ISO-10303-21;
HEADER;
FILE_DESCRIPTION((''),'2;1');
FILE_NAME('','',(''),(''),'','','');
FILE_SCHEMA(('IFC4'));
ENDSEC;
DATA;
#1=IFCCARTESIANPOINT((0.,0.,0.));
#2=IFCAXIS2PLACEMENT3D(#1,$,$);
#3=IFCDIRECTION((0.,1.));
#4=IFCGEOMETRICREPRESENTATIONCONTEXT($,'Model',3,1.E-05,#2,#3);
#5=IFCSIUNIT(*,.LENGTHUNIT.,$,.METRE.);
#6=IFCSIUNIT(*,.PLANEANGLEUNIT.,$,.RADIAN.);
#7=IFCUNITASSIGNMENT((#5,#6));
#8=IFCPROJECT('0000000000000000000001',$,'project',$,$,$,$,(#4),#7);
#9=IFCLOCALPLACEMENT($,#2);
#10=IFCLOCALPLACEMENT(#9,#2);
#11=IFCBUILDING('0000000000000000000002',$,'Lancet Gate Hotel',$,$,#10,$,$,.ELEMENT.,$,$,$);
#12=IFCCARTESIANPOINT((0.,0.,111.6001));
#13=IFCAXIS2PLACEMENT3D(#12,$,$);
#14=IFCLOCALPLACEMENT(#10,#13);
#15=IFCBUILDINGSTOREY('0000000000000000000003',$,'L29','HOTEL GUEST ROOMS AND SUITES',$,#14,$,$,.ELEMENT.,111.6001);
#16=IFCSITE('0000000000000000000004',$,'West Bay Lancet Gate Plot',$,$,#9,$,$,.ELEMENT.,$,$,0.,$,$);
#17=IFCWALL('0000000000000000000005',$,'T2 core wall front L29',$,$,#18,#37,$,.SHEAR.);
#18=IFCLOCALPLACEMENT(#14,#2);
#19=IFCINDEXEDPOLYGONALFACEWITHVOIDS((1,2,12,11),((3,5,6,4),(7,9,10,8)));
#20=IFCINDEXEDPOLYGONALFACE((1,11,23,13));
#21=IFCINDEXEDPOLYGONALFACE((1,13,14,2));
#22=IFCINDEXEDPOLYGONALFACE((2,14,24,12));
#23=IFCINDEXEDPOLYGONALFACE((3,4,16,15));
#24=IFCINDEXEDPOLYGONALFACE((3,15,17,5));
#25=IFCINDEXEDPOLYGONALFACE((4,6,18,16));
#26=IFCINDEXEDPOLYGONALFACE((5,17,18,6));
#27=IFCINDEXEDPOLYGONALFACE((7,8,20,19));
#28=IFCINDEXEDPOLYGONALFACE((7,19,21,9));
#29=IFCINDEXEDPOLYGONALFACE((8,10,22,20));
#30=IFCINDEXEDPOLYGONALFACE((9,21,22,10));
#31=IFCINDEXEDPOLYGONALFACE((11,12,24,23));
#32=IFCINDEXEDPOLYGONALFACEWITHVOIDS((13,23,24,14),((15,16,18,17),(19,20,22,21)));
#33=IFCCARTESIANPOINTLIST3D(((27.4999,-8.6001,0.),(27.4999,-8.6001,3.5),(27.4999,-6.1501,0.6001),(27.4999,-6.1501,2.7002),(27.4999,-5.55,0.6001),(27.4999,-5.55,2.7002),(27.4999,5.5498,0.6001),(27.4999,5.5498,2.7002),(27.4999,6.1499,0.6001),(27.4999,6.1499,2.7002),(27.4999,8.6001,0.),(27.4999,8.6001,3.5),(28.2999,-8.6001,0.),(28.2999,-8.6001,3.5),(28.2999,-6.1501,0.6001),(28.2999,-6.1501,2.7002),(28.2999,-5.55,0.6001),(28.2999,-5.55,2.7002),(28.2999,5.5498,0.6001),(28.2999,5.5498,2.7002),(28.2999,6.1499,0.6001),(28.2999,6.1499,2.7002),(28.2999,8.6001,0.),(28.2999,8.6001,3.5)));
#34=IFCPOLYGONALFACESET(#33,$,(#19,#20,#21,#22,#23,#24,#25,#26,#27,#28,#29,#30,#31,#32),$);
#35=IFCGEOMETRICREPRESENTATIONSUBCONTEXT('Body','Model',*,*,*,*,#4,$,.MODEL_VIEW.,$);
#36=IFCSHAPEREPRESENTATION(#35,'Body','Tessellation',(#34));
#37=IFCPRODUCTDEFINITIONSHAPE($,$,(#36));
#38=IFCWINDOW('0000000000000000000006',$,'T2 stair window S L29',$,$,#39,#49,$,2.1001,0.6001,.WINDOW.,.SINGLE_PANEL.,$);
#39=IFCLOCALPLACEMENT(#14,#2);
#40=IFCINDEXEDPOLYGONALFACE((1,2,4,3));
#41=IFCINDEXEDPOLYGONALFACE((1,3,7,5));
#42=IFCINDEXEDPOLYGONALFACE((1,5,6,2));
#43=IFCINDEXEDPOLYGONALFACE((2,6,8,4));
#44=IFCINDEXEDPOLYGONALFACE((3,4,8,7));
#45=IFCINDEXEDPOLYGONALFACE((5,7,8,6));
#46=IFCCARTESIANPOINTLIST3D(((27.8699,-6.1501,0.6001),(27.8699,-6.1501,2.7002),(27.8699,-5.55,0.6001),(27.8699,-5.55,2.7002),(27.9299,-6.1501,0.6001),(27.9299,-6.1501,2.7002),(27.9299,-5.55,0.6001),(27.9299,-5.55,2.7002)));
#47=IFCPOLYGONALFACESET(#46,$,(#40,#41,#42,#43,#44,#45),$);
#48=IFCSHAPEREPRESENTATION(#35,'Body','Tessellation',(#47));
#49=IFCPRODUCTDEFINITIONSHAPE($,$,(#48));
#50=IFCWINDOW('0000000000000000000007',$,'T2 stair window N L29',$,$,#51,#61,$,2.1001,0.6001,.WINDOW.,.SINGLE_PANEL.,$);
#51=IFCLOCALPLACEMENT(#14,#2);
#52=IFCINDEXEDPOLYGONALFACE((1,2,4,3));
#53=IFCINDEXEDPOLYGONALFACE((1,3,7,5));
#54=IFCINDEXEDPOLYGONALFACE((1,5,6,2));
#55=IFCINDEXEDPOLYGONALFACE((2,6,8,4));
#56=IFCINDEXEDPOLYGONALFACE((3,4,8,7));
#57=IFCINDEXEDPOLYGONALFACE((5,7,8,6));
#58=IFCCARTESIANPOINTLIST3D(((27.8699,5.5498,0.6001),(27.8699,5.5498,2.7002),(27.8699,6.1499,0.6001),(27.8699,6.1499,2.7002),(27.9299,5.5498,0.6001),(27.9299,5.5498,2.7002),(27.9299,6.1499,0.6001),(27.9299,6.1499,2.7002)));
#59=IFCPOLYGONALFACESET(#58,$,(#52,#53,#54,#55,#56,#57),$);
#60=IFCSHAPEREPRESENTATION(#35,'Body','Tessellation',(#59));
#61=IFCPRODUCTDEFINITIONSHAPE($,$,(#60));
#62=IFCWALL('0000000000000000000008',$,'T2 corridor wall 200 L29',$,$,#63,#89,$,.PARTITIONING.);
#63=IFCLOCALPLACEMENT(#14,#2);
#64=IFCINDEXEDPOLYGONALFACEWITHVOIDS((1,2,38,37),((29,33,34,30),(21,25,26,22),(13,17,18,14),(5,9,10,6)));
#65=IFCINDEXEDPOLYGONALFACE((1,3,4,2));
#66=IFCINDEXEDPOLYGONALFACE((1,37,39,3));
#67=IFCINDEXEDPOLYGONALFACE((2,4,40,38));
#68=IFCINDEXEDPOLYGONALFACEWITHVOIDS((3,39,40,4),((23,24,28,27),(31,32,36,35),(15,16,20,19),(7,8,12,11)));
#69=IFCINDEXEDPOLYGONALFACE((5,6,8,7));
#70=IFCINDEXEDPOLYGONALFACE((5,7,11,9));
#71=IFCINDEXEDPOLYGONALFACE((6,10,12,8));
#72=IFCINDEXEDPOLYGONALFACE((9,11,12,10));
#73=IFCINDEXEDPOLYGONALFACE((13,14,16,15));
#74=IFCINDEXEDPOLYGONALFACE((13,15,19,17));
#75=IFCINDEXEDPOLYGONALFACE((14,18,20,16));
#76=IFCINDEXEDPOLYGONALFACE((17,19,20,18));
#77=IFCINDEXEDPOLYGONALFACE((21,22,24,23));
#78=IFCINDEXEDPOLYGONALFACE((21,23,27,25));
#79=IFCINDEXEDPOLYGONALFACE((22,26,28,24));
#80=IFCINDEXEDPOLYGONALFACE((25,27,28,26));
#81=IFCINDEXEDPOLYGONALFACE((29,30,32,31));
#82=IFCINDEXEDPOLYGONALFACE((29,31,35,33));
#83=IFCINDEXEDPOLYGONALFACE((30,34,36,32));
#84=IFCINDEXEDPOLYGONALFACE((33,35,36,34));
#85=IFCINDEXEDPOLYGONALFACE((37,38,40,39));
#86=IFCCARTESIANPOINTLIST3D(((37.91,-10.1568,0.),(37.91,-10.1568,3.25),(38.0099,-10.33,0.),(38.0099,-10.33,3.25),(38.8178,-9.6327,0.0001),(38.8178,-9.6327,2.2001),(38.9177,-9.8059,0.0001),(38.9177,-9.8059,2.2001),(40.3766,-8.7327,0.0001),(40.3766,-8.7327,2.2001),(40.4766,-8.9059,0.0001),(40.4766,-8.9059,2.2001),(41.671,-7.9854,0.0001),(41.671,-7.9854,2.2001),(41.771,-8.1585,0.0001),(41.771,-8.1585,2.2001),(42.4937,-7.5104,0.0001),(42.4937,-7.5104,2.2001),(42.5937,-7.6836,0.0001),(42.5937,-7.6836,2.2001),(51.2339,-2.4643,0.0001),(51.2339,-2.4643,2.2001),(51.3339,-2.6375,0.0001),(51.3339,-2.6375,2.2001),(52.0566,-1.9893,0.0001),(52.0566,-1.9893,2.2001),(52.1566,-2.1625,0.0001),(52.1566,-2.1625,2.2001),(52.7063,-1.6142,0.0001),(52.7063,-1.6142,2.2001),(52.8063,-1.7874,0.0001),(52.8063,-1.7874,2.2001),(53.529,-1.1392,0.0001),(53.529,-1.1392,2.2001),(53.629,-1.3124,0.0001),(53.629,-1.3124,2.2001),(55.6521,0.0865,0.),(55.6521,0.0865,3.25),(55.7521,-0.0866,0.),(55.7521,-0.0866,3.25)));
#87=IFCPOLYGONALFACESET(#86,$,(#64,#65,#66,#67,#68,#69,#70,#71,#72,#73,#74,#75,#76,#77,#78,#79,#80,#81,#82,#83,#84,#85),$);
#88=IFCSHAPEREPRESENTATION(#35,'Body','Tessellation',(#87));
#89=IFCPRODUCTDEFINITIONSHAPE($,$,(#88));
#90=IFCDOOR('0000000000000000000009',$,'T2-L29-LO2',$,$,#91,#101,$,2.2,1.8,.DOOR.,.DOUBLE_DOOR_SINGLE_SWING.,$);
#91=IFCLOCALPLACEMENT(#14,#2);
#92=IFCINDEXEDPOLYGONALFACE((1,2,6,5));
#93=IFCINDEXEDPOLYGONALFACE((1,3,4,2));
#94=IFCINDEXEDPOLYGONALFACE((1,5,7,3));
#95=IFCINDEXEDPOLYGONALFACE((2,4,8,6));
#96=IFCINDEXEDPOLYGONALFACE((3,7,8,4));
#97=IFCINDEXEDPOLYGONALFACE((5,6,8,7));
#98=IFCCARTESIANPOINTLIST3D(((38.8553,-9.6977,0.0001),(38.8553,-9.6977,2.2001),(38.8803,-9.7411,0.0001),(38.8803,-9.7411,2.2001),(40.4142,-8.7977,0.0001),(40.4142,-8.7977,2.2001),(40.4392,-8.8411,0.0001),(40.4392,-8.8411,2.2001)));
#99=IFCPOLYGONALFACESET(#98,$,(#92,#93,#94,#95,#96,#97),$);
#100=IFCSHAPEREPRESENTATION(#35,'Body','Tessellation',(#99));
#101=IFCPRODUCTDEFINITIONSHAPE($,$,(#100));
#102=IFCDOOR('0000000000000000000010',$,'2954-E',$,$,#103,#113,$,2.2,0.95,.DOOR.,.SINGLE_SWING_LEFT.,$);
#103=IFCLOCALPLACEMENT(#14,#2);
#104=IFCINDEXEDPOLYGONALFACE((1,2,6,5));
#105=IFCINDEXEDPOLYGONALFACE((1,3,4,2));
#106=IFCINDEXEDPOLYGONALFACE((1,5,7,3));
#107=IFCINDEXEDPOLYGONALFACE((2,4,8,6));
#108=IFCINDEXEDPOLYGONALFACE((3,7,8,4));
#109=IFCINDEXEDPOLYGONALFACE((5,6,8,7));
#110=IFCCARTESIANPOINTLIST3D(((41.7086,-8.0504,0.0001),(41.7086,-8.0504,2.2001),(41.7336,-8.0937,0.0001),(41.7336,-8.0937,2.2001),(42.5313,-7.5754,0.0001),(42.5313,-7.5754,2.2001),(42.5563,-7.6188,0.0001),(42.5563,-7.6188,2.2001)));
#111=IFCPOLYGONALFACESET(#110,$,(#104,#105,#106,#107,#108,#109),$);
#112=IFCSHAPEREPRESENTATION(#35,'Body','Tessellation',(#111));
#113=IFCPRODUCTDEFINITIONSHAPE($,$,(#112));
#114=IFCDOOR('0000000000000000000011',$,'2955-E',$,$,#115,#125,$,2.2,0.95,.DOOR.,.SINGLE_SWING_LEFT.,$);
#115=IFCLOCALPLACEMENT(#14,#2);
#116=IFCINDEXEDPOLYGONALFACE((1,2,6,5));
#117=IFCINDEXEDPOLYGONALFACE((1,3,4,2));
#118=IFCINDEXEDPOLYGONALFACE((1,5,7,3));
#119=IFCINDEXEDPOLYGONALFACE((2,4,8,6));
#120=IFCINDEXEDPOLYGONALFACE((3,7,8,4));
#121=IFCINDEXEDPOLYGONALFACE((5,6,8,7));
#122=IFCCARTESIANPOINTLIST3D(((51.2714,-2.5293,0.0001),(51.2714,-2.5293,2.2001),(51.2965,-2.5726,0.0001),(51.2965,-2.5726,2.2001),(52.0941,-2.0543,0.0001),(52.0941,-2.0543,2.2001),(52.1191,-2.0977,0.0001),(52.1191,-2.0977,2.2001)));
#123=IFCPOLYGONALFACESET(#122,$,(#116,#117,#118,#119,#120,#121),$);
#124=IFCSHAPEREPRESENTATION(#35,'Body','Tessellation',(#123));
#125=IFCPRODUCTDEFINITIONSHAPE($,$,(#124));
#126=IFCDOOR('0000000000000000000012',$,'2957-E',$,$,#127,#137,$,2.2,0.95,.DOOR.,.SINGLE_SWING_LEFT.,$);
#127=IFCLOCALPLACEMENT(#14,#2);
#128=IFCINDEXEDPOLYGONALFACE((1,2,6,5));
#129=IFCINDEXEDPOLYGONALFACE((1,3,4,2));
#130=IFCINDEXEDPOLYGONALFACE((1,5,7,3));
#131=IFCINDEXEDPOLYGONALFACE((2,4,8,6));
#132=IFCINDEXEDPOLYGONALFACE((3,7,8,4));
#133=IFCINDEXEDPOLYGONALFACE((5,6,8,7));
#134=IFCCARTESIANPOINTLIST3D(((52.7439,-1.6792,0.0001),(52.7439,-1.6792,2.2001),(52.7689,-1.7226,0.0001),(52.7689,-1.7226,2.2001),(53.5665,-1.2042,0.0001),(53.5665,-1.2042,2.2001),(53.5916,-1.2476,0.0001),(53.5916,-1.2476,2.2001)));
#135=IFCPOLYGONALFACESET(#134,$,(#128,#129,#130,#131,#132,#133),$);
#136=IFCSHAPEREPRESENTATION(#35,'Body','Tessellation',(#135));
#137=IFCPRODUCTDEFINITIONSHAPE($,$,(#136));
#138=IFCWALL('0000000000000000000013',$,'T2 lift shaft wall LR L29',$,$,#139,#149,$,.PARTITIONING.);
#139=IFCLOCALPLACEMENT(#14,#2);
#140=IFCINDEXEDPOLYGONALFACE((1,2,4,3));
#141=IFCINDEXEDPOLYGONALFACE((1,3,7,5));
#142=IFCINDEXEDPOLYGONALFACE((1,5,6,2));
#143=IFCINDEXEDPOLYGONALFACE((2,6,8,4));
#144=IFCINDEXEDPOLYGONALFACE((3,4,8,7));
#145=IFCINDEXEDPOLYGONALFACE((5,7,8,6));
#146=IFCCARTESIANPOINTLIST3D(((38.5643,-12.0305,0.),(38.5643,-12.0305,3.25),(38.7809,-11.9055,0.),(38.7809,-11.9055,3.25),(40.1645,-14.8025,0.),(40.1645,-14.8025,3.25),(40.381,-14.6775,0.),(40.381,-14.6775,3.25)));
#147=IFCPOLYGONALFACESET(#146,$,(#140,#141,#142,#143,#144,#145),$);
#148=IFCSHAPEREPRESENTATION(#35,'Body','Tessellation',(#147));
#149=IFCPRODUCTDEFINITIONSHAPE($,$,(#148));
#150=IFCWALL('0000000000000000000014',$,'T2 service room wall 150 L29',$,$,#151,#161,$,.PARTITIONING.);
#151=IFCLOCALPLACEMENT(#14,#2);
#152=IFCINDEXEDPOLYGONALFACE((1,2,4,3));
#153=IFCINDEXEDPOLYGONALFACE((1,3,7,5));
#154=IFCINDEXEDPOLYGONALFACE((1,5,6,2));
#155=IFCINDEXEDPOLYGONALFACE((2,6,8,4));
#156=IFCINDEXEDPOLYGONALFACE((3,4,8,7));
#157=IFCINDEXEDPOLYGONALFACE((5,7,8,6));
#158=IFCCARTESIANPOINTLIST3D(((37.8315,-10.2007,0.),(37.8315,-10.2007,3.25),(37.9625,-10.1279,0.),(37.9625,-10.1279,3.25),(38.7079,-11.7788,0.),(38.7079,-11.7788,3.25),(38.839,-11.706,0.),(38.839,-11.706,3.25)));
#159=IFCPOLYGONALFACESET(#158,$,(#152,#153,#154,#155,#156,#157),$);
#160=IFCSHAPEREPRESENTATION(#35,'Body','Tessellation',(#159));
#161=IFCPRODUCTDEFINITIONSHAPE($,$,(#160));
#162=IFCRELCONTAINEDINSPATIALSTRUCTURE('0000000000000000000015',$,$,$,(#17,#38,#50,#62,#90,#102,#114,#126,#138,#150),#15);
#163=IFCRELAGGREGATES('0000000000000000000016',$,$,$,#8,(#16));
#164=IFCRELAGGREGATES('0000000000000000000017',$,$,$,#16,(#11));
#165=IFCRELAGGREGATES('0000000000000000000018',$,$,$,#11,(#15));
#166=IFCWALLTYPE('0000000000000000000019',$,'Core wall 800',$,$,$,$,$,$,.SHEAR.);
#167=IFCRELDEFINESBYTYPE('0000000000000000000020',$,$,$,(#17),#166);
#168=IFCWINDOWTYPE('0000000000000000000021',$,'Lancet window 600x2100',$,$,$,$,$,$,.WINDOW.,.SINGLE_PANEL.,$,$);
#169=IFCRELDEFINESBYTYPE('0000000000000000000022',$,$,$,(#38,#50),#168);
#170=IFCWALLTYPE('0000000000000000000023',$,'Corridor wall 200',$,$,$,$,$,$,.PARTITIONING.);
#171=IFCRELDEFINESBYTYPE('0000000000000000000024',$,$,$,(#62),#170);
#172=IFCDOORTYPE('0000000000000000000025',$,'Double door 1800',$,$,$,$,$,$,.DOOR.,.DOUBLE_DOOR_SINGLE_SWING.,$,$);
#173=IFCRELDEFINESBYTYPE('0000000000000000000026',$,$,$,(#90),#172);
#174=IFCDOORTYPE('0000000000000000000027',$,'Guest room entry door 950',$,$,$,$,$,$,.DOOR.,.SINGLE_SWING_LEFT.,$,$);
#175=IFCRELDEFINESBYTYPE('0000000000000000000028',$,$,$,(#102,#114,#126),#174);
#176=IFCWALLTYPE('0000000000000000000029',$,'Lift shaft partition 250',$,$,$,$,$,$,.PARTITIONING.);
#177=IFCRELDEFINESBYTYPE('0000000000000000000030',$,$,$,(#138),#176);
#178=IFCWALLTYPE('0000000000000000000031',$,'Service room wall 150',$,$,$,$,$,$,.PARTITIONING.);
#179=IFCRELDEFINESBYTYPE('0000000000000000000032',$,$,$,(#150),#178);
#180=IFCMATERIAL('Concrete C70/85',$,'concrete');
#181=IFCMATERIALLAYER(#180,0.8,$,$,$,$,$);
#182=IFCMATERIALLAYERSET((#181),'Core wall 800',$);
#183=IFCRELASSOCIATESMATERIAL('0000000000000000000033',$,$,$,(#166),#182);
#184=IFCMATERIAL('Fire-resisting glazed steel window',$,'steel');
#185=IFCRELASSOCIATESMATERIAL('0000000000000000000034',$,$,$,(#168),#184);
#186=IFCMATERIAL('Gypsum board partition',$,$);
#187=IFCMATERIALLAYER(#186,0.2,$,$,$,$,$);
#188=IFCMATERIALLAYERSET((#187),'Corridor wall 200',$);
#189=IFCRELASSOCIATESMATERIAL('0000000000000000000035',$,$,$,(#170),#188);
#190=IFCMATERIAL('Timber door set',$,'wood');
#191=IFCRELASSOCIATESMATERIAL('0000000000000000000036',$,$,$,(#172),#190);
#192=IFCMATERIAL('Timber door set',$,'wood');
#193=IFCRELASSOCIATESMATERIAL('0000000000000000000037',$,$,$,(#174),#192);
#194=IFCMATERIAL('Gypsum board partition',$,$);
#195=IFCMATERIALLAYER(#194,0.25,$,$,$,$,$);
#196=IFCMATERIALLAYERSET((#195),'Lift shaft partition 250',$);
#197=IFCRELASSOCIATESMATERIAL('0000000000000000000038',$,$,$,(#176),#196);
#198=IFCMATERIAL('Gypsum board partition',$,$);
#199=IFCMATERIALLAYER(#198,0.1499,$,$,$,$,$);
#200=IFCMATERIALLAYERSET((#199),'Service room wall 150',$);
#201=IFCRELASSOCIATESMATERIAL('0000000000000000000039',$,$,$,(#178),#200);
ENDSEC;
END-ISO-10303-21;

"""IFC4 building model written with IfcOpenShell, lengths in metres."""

from ifc_helpers import new_model, si_unit, direction, frame, frame_2d, origin, place, context, subcontext, project, spatial, rectangle, extrude, material, layer, layer_set, type_object, element, fill, save


model = new_model("IFC4")

# Units and contexts
model_context = context("Model", 3, precision=1e-05, world=origin(), true_north=direction((0.0, 1.0)))
body_context = subcontext(model_context, "Body", "Model", "MODEL_VIEW")
ifc_project = project(units=[si_unit("LENGTHUNIT", "METRE"), si_unit("PLANEANGLEUNIT", "RADIAN")], contexts=[model_context])

# Site, building, storey
site_placement = place(None, origin())
site = spatial("IfcSite", under=ifc_project, at=site_placement, Name="West Bay Lancet Gate Plot", CompositionType="ELEMENT", RefElevation=0.0)
building_placement = place(site_placement, origin())
building = spatial("IfcBuilding", under=site, at=building_placement, Name="Lancet Gate Hotel", CompositionType="ELEMENT")
storey_placement = place(building_placement, frame((0.0, 0.0, 111.6001)))
storey = spatial("IfcBuildingStorey", under=building, at=storey_placement, Name="L29", Description="HOTEL GUEST ROOMS AND SUITES", CompositionType="ELEMENT", Elevation=111.6001)

# Wall, openings, windows
ifc_material_1 = material(Name="Concrete C70/85", Category="concrete")
ifc_layer_1 = layer(ifc_material_1, 0.8)
ifc_layer_set_1 = layer_set([ifc_layer_1], Name="Core wall 800")
wall_type_1 = type_object("IfcWallType", Name="Core wall 800", PredefinedType="SHEAR", material=ifc_layer_set_1)
wall_1_placement = place(storey_placement, frame((27.8999, -8.6001, 0.0), z_axis=(0.0, 0.0, 1.0), x_axis=(0.0, 1.0, 0.0)))
wall_1 = element("IfcWall", 1, at=wall_1_placement, inside=storey, type_object=wall_type_1, Name="T2 core wall front L29", PredefinedType="SHEAR", context=body_context, shape_type="SweptSolid", body=[
    extrude(rectangle(XDim=17.2002, YDim=0.8, at=frame_2d((8.6001, 0.0))), origin(), (0.0, 0.0, 1.0), 3.5),
])
opening_1_placement = place(wall_1_placement, frame((2.45, 0.0, 0.6001)))
opening_1 = element("IfcOpeningElement", 2, at=opening_1_placement, cuts=wall_1, PredefinedType="OPENING", context=body_context, shape_type="SweptSolid", body=[
    extrude(rectangle(XDim=0.6001, YDim=2.1001, at=frame_2d((0.3, 1.05))), frame((0.0, 0.4099, 0.0), z_axis=(0.0, -1.0, 0.0), x_axis=(1.0, 0.0, 0.0)), (0.0, 0.0, 1.0), 0.8201),
])
opening_2_placement = place(wall_1_placement, frame((14.1499, 0.0, 0.6001)))
opening_2 = element("IfcOpeningElement", 3, at=opening_2_placement, cuts=wall_1, PredefinedType="OPENING", context=body_context, shape_type="SweptSolid", body=[
    extrude(rectangle(XDim=0.6001, YDim=2.1001, at=frame_2d((0.3, 1.05))), frame((0.0, 0.4099, 0.0), z_axis=(0.0, -1.0, 0.0), x_axis=(1.0, 0.0, 0.0)), (0.0, 0.0, 1.0), 0.8201),
])
ifc_material_2 = material(Name="Fire-resisting glazed steel window", Category="steel")
window_type = type_object("IfcWindowType", Name="Lancet window 600x2100", PartitioningType="SINGLE_PANEL", PredefinedType="WINDOW", material=ifc_material_2)
window_1_placement = place(opening_1_placement, origin())
window_1 = element("IfcWindow", 4, at=window_1_placement, inside=storey, type_object=window_type, Name="T2 stair window S L29", OverallHeight=2.1001, OverallWidth=0.6001, PartitioningType="SINGLE_PANEL", PredefinedType="WINDOW", context=body_context, shape_type="SweptSolid", body=[
    extrude(rectangle(XDim=0.6001, YDim=2.1001, at=frame_2d((0.3, 1.05))), frame((0.0, 0.03, 0.0), z_axis=(0.0, -1.0, 0.0), x_axis=(1.0, 0.0, 0.0)), (0.0, 0.0, 1.0), 0.0601),
])
fill(opening_1, window_1)
window_2_placement = place(opening_2_placement, origin())
window_2 = element("IfcWindow", 5, at=window_2_placement, inside=storey, type_object=window_type, Name="T2 stair window N L29", OverallHeight=2.1001, OverallWidth=0.6001, PartitioningType="SINGLE_PANEL", PredefinedType="WINDOW", context=body_context, shape_type="SweptSolid", body=[
    extrude(rectangle(XDim=0.6001, YDim=2.1001, at=frame_2d((0.3, 1.05))), frame((0.0, 0.03, 0.0), z_axis=(0.0, -1.0, 0.0), x_axis=(1.0, 0.0, 0.0)), (0.0, 0.0, 1.0), 0.0601),
])
fill(opening_2, window_2)

# Wall, openings, doors
ifc_material_3 = material(Name="Gypsum board partition")
ifc_layer_2 = layer(ifc_material_3, 0.2)
ifc_layer_set_2 = layer_set([ifc_layer_2], Name="Corridor wall 200")
wall_type_2 = type_object("IfcWallType", Name="Corridor wall 200", PredefinedType="PARTITIONING", material=ifc_layer_set_2)
wall_2_placement = place(storey_placement, frame((37.96, -10.2434, 0.0), z_axis=(0.0, 0.0, 1.0), x_axis=(0.866026, 0.499998, 0.0)))
wall_2 = element("IfcWall", 6, at=wall_2_placement, inside=storey, type_object=wall_type_2, Name="T2 corridor wall 200 L29", PredefinedType="PARTITIONING", context=body_context, shape_type="SweptSolid", body=[
    extrude(rectangle(XDim=20.4868, YDim=0.2, at=frame_2d((10.2434, 0.0))), origin(), (0.0, 0.0, 1.0), 3.25),
])
opening_3_placement = place(wall_2_placement, frame((4.3428, 0.0, 0.0)))
opening_3 = element("IfcOpeningElement", 7, at=opening_3_placement, cuts=wall_2, PredefinedType="OPENING", context=body_context, shape_type="SweptSolid", body=[
    extrude(rectangle(XDim=0.95, YDim=2.2, at=frame_2d((0.4751, 1.1001))), frame((0.0, 0.1099, 0.0), z_axis=(0.0, -1.0, 0.0), x_axis=(1.0, 0.0, 0.0)), (0.0, 0.0, 1.0), 0.22),
])
opening_4_placement = place(wall_2_placement, frame((15.385, 0.0, 0.0)))
opening_4 = element("IfcOpeningElement", 8, at=opening_4_placement, cuts=wall_2, PredefinedType="OPENING", context=body_context, shape_type="SweptSolid", body=[
    extrude(rectangle(XDim=0.95, YDim=2.2, at=frame_2d((0.4751, 1.1001))), frame((0.0, 0.1099, 0.0), z_axis=(0.0, -1.0, 0.0), x_axis=(1.0, 0.0, 0.0)), (0.0, 0.0, 1.0), 0.22),
])
opening_5_placement = place(wall_2_placement, frame((17.0852, 0.0, 0.0)))
opening_5 = element("IfcOpeningElement", 9, at=opening_5_placement, cuts=wall_2, PredefinedType="OPENING", context=body_context, shape_type="SweptSolid", body=[
    extrude(rectangle(XDim=0.95, YDim=2.2, at=frame_2d((0.4751, 1.1001))), frame((0.0, 0.1099, 0.0), z_axis=(0.0, -1.0, 0.0), x_axis=(1.0, 0.0, 0.0)), (0.0, 0.0, 1.0), 0.22),
])
opening_6_placement = place(wall_2_placement, frame((1.0483, 0.0, 0.0)))
opening_6 = element("IfcOpeningElement", 10, at=opening_6_placement, cuts=wall_2, PredefinedType="OPENING", context=body_context, shape_type="SweptSolid", body=[
    extrude(rectangle(XDim=1.8, YDim=2.2, at=frame_2d((0.8999, 1.1001))), frame((0.0, 0.1099, 0.0), z_axis=(0.0, -1.0, 0.0), x_axis=(1.0, 0.0, 0.0)), (0.0, 0.0, 1.0), 0.22),
])
ifc_material_4 = material(Name="Timber door set", Category="wood")
door_type_1 = type_object("IfcDoorType", Name="Double door 1800", OperationType="DOUBLE_DOOR_SINGLE_SWING", PredefinedType="DOOR", material=ifc_material_4)
door_1_placement = place(opening_6_placement, origin())
door_1 = element("IfcDoor", 11, at=door_1_placement, inside=storey, type_object=door_type_1, Name="T2-L29-LO2", OperationType="DOUBLE_DOOR_SINGLE_SWING", OverallHeight=2.2, OverallWidth=1.8, PredefinedType="DOOR", context=body_context, shape_type="SweptSolid", body=[
    extrude(rectangle(XDim=1.8, YDim=2.2, at=frame_2d((0.8999, 1.1001))), frame((0.0, 0.0249, 0.0), z_axis=(0.0, -1.0, 0.0), x_axis=(1.0, 0.0, 0.0)), (0.0, 0.0, 1.0), 0.05),
])
fill(opening_6, door_1)
ifc_material_5 = material(Name="Timber door set", Category="wood")
door_type_2 = type_object("IfcDoorType", Name="Guest room entry door 950", OperationType="SINGLE_SWING_LEFT", PredefinedType="DOOR", material=ifc_material_5)
door_2_placement = place(opening_3_placement, origin())
door_2 = element("IfcDoor", 12, at=door_2_placement, inside=storey, type_object=door_type_2, Name="2954-E", OperationType="SINGLE_SWING_LEFT", OverallHeight=2.2, OverallWidth=0.95, PredefinedType="DOOR", context=body_context, shape_type="SweptSolid", body=[
    extrude(rectangle(XDim=0.95, YDim=2.2, at=frame_2d((0.4751, 1.1001))), frame((0.0, 0.0249, 0.0), z_axis=(0.0, -1.0, 0.0), x_axis=(1.0, 0.0, 0.0)), (0.0, 0.0, 1.0), 0.05),
])
fill(opening_3, door_2)
door_3_placement = place(opening_4_placement, origin())
door_3 = element("IfcDoor", 13, at=door_3_placement, inside=storey, type_object=door_type_2, Name="2955-E", OperationType="SINGLE_SWING_LEFT", OverallHeight=2.2, OverallWidth=0.95, PredefinedType="DOOR", context=body_context, shape_type="SweptSolid", body=[
    extrude(rectangle(XDim=0.95, YDim=2.2, at=frame_2d((0.4751, 1.1001))), frame((0.0, 0.0249, 0.0), z_axis=(0.0, -1.0, 0.0), x_axis=(1.0, 0.0, 0.0)), (0.0, 0.0, 1.0), 0.05),
])
fill(opening_4, door_3)
door_4_placement = place(opening_5_placement, origin())
door_4 = element("IfcDoor", 14, at=door_4_placement, inside=storey, type_object=door_type_2, Name="2957-E", OperationType="SINGLE_SWING_LEFT", OverallHeight=2.2, OverallWidth=0.95, PredefinedType="DOOR", context=body_context, shape_type="SweptSolid", body=[
    extrude(rectangle(XDim=0.95, YDim=2.2, at=frame_2d((0.4751, 1.1001))), frame((0.0, 0.0249, 0.0), z_axis=(0.0, -1.0, 0.0), x_axis=(1.0, 0.0, 0.0)), (0.0, 0.0, 1.0), 0.05),
])
fill(opening_5, door_4)

# Walls
ifc_material_6 = material(Name="Gypsum board partition")
ifc_layer_3 = layer(ifc_material_6, 0.25)
ifc_layer_set_3 = layer_set([ifc_layer_3], Name="Lift shaft partition 250")
wall_type_3 = type_object("IfcWallType", Name="Lift shaft partition 250", PredefinedType="PARTITIONING", material=ifc_layer_set_3)
wall_3_placement = place(storey_placement, frame((38.6726, -11.968, 0.0), z_axis=(0.0, 0.0, 1.0), x_axis=(0.499929, -0.866066, 0.0)))
element("IfcWall", 15, at=wall_3_placement, inside=storey, type_object=wall_type_3, Name="T2 lift shaft wall LR L29", PredefinedType="PARTITIONING", context=body_context, shape_type="SweptSolid", body=[
    extrude(rectangle(XDim=3.2007, YDim=0.25, at=frame_2d((1.6003, 0.0))), origin(), (0.0, 0.0, 1.0), 3.25),
])
ifc_material_7 = material(Name="Gypsum board partition")
ifc_layer_4 = layer(ifc_material_7, 0.1499)
ifc_layer_set_4 = layer_set([ifc_layer_4], Name="Service room wall 150")
wall_type_4 = type_object("IfcWallType", Name="Service room wall 150", PredefinedType="PARTITIONING", material=ifc_layer_set_4)
wall_4_placement = place(storey_placement, frame((38.7734, -11.7424, 0.0), z_axis=(0.0, 0.0, 1.0), x_axis=(-0.485528, 0.874221, 0.0)))
element("IfcWall", 16, at=wall_4_placement, inside=storey, type_object=wall_type_4, Name="T2 service room wall 150 L29", PredefinedType="PARTITIONING", context=body_context, shape_type="SweptSolid", body=[
    extrude(rectangle(XDim=1.8052, YDim=0.1499, at=frame_2d((0.9026, 0.0))), origin(), (0.0, 0.0, 1.0), 3.25),
])

save(model, "model.ifc")
